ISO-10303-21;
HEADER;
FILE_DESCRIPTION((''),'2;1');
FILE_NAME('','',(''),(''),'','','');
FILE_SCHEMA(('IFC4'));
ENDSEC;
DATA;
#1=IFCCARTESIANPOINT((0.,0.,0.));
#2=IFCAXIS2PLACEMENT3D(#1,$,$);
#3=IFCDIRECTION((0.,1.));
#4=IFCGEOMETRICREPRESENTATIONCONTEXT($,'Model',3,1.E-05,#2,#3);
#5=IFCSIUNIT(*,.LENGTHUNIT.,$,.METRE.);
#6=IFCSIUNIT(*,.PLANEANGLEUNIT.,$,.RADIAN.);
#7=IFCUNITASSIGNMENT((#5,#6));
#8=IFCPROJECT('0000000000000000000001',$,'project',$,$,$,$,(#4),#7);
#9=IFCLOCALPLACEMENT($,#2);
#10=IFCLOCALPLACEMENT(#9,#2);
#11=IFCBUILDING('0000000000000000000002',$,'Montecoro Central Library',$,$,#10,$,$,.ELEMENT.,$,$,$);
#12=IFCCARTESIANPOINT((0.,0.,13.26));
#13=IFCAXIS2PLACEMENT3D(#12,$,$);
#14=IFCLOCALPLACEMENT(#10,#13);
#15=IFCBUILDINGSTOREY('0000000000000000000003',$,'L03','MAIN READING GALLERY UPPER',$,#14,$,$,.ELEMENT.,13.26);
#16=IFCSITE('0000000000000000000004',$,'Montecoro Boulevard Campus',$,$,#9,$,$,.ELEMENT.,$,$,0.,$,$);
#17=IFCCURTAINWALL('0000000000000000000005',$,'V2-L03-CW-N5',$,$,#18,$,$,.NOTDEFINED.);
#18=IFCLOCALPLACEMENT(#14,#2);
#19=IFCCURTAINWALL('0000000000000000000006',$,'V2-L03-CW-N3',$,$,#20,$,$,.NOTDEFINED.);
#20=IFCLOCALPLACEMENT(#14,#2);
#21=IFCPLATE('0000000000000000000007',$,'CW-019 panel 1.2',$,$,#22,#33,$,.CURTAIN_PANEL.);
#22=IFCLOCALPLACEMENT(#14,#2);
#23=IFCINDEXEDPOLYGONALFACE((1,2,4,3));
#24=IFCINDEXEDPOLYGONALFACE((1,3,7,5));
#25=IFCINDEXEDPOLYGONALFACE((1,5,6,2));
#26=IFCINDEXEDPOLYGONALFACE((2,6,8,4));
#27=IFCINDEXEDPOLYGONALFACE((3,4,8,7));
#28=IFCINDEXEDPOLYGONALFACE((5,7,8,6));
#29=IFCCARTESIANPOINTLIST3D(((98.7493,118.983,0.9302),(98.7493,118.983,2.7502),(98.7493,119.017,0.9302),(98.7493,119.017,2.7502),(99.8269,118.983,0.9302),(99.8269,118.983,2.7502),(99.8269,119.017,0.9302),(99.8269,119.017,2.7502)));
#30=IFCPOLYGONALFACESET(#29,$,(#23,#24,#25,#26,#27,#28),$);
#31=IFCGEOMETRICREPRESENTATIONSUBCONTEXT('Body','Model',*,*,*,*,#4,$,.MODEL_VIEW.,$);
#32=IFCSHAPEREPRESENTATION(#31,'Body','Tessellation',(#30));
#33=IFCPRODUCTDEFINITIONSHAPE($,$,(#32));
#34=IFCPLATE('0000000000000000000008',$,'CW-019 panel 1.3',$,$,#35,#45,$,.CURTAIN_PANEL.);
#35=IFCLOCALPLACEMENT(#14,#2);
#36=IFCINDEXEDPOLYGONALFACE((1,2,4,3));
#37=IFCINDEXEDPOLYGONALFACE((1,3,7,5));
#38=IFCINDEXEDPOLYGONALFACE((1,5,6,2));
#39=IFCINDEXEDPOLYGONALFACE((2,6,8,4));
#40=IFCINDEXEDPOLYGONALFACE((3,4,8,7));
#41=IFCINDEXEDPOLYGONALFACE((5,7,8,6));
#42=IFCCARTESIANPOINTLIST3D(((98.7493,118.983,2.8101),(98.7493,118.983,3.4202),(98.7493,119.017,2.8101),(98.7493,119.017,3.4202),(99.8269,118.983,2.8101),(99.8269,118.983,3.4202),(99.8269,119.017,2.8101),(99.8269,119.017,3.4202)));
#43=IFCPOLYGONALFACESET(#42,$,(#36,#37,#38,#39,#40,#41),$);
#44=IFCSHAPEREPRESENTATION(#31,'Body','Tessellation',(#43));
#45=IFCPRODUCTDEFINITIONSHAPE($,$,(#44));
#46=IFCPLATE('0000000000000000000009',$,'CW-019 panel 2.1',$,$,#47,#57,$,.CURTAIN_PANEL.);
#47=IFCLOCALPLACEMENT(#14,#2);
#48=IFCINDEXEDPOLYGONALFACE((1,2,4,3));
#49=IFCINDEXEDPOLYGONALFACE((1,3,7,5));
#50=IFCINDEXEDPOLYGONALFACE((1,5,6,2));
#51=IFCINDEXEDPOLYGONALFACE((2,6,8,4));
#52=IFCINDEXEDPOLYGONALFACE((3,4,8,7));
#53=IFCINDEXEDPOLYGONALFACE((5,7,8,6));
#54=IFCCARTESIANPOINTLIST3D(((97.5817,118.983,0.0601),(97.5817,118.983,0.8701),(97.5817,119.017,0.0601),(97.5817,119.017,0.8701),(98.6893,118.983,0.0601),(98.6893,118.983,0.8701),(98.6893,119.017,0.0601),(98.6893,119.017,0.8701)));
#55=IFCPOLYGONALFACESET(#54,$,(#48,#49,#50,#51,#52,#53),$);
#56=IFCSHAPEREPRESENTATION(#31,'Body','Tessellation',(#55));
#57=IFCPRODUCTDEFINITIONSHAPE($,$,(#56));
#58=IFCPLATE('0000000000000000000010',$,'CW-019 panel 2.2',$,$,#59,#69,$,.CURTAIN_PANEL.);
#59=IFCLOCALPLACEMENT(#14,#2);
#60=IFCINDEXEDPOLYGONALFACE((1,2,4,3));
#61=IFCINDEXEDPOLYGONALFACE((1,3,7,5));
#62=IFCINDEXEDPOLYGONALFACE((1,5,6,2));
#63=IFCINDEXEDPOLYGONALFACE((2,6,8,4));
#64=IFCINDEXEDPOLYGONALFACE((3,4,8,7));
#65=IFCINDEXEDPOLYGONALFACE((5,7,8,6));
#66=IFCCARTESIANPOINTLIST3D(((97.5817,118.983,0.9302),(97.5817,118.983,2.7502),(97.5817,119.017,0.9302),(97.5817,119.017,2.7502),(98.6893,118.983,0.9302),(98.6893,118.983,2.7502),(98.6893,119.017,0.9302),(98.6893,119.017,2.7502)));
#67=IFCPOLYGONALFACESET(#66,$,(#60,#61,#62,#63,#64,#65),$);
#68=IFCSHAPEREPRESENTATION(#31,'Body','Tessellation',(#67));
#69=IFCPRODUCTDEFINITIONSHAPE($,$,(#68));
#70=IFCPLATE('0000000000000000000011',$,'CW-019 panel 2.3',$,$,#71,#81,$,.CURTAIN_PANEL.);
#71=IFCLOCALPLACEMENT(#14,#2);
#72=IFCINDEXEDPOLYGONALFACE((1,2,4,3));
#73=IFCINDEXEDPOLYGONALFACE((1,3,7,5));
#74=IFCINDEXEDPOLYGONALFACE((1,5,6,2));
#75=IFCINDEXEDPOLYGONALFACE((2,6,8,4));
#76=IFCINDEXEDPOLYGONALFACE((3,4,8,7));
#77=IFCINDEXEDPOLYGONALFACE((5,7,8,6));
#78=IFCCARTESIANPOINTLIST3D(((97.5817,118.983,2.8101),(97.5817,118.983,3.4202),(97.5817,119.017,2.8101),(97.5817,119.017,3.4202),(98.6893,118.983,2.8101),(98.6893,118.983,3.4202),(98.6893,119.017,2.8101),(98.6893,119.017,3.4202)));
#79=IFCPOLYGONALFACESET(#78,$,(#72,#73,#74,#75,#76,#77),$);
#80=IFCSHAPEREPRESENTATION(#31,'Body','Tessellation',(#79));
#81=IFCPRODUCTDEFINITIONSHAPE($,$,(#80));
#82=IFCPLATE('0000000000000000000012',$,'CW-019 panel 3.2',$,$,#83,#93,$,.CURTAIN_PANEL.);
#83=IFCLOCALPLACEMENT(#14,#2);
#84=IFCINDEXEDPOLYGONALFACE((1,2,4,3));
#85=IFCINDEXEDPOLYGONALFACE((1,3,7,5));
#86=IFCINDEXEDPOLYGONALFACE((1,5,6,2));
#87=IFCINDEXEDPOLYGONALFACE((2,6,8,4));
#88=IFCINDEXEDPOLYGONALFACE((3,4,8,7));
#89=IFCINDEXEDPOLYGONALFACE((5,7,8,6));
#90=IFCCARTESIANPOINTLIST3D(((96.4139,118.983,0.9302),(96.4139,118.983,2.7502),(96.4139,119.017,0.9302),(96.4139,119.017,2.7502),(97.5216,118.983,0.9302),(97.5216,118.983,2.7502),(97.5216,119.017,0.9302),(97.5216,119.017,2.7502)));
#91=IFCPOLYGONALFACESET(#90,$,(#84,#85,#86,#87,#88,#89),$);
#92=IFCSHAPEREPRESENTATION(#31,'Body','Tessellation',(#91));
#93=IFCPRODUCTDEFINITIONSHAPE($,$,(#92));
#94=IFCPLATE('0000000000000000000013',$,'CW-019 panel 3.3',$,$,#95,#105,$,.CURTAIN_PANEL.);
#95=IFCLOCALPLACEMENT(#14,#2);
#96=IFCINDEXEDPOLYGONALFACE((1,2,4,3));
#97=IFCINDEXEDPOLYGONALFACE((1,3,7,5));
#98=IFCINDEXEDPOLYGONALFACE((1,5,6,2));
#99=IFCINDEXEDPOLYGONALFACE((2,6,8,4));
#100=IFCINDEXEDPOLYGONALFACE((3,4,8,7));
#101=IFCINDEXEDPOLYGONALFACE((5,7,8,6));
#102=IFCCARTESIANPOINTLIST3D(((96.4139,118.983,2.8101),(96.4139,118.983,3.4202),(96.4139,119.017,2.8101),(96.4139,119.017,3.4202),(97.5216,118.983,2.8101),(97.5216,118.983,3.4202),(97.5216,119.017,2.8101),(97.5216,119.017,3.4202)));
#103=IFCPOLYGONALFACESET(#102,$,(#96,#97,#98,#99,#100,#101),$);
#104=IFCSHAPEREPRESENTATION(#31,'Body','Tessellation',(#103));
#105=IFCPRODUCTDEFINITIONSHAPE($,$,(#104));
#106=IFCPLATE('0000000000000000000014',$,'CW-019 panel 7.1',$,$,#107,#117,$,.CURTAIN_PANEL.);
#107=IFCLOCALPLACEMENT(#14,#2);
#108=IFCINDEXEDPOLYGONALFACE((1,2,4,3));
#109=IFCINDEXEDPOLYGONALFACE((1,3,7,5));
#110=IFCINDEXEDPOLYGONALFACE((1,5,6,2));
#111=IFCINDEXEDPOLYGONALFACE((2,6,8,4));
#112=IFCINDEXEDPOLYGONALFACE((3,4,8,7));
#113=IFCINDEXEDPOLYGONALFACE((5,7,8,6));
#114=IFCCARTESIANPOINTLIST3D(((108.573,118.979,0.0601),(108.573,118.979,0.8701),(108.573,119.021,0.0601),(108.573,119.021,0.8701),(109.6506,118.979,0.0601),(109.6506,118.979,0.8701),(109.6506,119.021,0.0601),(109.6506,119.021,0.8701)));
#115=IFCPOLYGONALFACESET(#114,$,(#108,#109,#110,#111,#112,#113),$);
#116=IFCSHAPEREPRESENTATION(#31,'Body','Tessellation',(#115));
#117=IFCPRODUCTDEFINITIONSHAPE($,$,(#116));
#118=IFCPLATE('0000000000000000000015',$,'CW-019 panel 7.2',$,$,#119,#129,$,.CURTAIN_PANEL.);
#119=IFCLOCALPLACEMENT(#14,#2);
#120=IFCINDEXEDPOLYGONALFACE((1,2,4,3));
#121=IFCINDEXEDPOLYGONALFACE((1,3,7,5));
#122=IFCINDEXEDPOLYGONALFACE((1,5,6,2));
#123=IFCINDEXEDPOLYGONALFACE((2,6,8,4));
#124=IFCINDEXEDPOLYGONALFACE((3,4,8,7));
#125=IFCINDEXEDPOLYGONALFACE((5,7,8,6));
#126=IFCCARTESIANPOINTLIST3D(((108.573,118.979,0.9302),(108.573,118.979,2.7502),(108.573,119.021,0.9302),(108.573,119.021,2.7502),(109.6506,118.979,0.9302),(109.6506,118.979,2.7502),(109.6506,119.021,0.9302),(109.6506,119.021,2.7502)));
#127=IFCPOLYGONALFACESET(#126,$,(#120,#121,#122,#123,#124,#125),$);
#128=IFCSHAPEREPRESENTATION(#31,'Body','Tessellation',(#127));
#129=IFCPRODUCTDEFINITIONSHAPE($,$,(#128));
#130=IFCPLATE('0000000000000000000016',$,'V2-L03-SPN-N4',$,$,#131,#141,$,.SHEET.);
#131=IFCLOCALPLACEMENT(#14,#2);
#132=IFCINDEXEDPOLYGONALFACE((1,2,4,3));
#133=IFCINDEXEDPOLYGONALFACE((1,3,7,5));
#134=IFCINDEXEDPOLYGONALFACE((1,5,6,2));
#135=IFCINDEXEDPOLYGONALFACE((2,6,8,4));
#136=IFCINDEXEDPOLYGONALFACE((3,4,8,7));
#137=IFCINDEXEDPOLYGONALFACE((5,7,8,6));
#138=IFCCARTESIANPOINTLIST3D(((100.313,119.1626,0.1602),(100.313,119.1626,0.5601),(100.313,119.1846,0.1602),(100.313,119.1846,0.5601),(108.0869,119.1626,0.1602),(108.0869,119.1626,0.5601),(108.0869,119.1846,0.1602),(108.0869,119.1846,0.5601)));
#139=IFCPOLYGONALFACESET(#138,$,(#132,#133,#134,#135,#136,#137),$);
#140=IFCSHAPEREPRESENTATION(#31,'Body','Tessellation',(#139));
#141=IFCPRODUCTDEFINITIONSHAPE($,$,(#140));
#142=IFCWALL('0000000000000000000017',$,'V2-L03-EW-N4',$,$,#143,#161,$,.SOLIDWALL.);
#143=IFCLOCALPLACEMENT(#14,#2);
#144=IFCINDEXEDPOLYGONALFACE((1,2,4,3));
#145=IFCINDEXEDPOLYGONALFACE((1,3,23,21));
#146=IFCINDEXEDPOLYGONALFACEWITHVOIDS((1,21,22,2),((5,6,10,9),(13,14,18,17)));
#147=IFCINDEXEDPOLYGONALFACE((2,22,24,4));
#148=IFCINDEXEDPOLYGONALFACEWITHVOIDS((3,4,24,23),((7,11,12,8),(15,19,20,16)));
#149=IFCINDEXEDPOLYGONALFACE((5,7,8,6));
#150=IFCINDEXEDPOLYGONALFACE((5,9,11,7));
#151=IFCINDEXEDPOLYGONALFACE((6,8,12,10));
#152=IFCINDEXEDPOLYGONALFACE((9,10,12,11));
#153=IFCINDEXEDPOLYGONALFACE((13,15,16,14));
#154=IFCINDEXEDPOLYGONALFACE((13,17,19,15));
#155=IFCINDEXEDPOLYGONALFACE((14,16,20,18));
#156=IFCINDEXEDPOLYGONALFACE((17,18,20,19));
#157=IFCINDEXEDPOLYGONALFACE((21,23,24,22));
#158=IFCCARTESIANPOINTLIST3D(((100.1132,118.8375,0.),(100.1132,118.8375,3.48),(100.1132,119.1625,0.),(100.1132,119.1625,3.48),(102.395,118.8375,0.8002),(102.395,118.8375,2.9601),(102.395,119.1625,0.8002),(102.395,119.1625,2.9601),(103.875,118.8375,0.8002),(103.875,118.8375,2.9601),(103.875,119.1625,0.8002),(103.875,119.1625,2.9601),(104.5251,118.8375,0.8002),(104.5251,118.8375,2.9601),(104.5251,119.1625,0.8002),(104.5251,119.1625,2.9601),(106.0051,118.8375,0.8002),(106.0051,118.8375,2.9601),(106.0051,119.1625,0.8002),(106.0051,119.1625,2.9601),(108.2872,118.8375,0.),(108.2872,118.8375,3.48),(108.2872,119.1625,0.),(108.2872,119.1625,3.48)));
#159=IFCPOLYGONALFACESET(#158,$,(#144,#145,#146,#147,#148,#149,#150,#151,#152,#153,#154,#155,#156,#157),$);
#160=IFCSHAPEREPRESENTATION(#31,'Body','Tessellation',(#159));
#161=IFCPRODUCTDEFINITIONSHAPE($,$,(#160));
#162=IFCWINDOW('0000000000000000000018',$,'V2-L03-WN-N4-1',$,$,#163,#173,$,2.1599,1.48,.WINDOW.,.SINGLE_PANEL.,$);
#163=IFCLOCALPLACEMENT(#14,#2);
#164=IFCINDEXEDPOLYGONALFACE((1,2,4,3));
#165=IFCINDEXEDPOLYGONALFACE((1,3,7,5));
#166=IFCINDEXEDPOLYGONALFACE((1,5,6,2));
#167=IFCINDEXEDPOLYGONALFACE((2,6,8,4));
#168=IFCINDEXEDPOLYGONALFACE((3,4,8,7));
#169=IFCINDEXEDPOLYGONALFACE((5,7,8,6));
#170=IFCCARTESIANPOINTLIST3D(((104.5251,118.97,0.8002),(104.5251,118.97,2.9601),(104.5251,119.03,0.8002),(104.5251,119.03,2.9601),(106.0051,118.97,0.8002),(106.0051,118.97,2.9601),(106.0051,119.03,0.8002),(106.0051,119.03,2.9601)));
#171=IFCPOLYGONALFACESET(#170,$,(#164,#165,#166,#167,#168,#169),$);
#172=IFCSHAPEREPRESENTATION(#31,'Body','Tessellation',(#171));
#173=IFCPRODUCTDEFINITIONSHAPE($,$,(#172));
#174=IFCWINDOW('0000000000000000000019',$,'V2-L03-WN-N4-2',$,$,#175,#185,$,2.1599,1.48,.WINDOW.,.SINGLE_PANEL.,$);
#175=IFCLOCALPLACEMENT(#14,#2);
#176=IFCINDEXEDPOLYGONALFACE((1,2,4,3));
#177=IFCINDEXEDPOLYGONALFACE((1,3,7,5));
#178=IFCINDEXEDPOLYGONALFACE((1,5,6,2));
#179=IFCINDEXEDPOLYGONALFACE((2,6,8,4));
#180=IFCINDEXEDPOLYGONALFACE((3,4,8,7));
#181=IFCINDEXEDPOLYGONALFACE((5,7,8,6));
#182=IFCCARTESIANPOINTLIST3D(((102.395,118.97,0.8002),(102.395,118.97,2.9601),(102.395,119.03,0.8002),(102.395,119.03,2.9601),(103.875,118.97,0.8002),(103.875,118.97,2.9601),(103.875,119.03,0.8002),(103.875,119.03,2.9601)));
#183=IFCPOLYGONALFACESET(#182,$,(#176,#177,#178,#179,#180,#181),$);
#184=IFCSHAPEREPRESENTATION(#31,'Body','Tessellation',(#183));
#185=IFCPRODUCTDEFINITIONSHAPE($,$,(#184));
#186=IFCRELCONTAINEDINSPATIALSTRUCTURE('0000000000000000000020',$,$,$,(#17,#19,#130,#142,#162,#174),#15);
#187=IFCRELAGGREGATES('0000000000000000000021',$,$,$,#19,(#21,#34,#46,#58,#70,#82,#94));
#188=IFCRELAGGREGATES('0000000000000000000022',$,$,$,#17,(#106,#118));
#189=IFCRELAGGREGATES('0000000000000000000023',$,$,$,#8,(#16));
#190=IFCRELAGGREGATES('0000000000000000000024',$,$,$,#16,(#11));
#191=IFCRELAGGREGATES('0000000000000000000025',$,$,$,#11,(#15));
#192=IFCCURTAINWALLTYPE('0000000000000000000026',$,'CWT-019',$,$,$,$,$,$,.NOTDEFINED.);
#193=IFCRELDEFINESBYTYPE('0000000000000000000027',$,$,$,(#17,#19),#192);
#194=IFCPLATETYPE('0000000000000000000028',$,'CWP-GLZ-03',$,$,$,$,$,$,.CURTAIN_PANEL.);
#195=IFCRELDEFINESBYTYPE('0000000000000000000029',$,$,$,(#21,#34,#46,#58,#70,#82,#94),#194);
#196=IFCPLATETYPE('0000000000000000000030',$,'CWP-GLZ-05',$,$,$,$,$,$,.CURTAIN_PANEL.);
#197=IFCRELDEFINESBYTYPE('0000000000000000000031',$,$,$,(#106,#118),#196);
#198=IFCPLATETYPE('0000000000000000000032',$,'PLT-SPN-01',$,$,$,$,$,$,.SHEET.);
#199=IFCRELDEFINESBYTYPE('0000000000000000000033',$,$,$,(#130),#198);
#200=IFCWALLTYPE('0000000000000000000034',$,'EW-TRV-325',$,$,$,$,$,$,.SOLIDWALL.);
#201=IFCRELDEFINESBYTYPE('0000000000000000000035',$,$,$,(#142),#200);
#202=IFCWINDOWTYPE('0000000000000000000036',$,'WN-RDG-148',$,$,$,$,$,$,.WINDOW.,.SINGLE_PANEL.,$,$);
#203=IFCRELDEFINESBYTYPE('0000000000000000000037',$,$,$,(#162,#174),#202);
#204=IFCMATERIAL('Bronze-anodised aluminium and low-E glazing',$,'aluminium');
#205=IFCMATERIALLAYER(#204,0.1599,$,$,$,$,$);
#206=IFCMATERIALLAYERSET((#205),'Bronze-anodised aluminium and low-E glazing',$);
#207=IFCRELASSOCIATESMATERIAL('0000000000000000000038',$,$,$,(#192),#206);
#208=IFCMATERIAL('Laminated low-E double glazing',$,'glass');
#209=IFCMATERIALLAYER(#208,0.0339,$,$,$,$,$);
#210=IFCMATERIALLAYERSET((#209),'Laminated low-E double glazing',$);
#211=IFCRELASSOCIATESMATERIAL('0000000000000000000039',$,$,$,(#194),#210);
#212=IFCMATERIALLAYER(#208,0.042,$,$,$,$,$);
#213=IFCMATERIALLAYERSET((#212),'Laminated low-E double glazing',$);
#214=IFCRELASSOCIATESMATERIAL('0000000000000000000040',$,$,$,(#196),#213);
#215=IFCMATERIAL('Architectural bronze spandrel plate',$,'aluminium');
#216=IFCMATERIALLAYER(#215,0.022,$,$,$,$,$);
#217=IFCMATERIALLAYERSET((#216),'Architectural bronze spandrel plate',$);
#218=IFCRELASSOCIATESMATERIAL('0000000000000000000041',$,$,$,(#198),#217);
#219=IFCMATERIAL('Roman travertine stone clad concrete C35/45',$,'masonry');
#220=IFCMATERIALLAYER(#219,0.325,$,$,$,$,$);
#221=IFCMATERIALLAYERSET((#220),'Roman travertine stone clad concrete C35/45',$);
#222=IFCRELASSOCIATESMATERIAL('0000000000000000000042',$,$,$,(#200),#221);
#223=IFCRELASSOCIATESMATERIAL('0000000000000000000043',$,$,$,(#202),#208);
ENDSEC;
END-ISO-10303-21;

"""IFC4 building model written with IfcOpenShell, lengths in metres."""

from ifc_helpers import new_model, si_unit, direction, frame, frame_2d, origin, origin_2d, place, context, subcontext, project, spatial, rectangle, extrude, material, layer, layer_set, type_object, element, fill, aggregate, save


model = new_model("IFC4")

# Units and contexts
model_context = context("Model", 3, precision=1e-05, world=origin(), true_north=direction((0.0, 1.0)))
body_context = subcontext(model_context, "Body", "Model", "MODEL_VIEW")
ifc_project = project(units=[si_unit("LENGTHUNIT", "METRE"), si_unit("PLANEANGLEUNIT", "RADIAN")], contexts=[model_context])

# Site, building, storey
site_placement = place(None, origin())
site = spatial("IfcSite", under=ifc_project, at=site_placement, Name="Montecoro Boulevard Campus", CompositionType="ELEMENT", RefElevation=0.0)
building_placement = place(site_placement, origin())
building = spatial("IfcBuilding", under=site, at=building_placement, Name="Montecoro Central Library", CompositionType="ELEMENT")
storey_placement = place(building_placement, frame((0.0, 0.0, 13.26)))
storey = spatial("IfcBuildingStorey", under=building, at=storey_placement, Name="L03", Description="MAIN READING GALLERY UPPER", CompositionType="ELEMENT", Elevation=13.26)

# Curtain wall
ifc_material_1 = material(Name="Bronze-anodised aluminium and low-E glazing", Category="aluminium")
ifc_layer_1 = layer(ifc_material_1, 0.1599)
ifc_layer_set_1 = layer_set([ifc_layer_1], Name="Bronze-anodised aluminium and low-E glazing")
curtain_wall_type = type_object("IfcCurtainWallType", Name="CWT-019", PredefinedType="NOTDEFINED", material=ifc_layer_set_1)
curtain_wall_1_placement = place(storey_placement, origin())
curtain_wall_1 = element("IfcCurtainWall", 1, at=curtain_wall_1_placement, inside=storey, type_object=curtain_wall_type, Name="V2-L03-CW-N5", PredefinedType="NOTDEFINED")

# Curtain wall, plates
curtain_wall_2_placement = place(storey_placement, origin())
curtain_wall_2 = element("IfcCurtainWall", 2, at=curtain_wall_2_placement, inside=storey, type_object=curtain_wall_type, Name="V2-L03-CW-N3", PredefinedType="NOTDEFINED")
ifc_material_2 = material(Name="Laminated low-E double glazing", Category="glass")
ifc_layer_2 = layer(ifc_material_2, 0.0339)
ifc_layer_set_2 = layer_set([ifc_layer_2], Name="Laminated low-E double glazing")
plate_type_1 = type_object("IfcPlateType", Name="CWP-GLZ-03", PredefinedType="CURTAIN_PANEL", material=ifc_layer_set_2)
plate_1_placement = place(storey_placement, frame((99.2881, 119.0, 0.9302), z_axis=(0.0, 0.0, 1.0), x_axis=(-1.0, 0.0, 0.0)))
plate_1 = element("IfcPlate", 3, at=plate_1_placement, type_object=plate_type_1, Name="CW-019 panel 1.2", PredefinedType="CURTAIN_PANEL", context=body_context, shape_type="SweptSolid", body=[
    extrude(rectangle(XDim=1.0776, YDim=0.0339, at=origin_2d()), origin(), (0.0, 0.0, 1.0), 1.8201),
])
plate_2_placement = place(storey_placement, frame((99.2881, 119.0, 2.8101), z_axis=(0.0, 0.0, 1.0), x_axis=(-1.0, 0.0, 0.0)))
plate_2 = element("IfcPlate", 4, at=plate_2_placement, type_object=plate_type_1, Name="CW-019 panel 1.3", PredefinedType="CURTAIN_PANEL", context=body_context, shape_type="SweptSolid", body=[
    extrude(rectangle(XDim=1.0776, YDim=0.0339, at=origin_2d()), origin(), (0.0, 0.0, 1.0), 0.6101),
])
plate_3_placement = place(storey_placement, frame((98.1355, 119.0, 0.0601), z_axis=(0.0, 0.0, 1.0), x_axis=(-1.0, 0.0, 0.0)))
plate_3 = element("IfcPlate", 5, at=plate_3_placement, type_object=plate_type_1, Name="CW-019 panel 2.1", PredefinedType="CURTAIN_PANEL", context=body_context, shape_type="SweptSolid", body=[
    extrude(rectangle(XDim=1.1077, YDim=0.0339, at=origin_2d()), origin(), (0.0, 0.0, 1.0), 0.8101),
])
plate_4_placement = place(storey_placement, frame((98.1355, 119.0, 0.9302), z_axis=(0.0, 0.0, 1.0), x_axis=(-1.0, 0.0, 0.0)))
plate_4 = element("IfcPlate", 6, at=plate_4_placement, type_object=plate_type_1, Name="CW-019 panel 2.2", PredefinedType="CURTAIN_PANEL", context=body_context, shape_type="SweptSolid", body=[
    extrude(rectangle(XDim=1.1077, YDim=0.0339, at=origin_2d()), origin(), (0.0, 0.0, 1.0), 1.8201),
])
plate_5_placement = place(storey_placement, frame((98.1355, 119.0, 2.8101), z_axis=(0.0, 0.0, 1.0), x_axis=(-1.0, 0.0, 0.0)))
plate_5 = element("IfcPlate", 7, at=plate_5_placement, type_object=plate_type_1, Name="CW-019 panel 2.3", PredefinedType="CURTAIN_PANEL", context=body_context, shape_type="SweptSolid", body=[
    extrude(rectangle(XDim=1.1077, YDim=0.0339, at=origin_2d()), origin(), (0.0, 0.0, 1.0), 0.6101),
])
plate_6_placement = place(storey_placement, frame((96.9678, 119.0, 0.9302), z_axis=(0.0, 0.0, 1.0), x_axis=(-1.0, 0.0, 0.0)))
plate_6 = element("IfcPlate", 8, at=plate_6_placement, type_object=plate_type_1, Name="CW-019 panel 3.2", PredefinedType="CURTAIN_PANEL", context=body_context, shape_type="SweptSolid", body=[
    extrude(rectangle(XDim=1.1077, YDim=0.0339, at=origin_2d()), origin(), (0.0, 0.0, 1.0), 1.8201),
])
plate_7_placement = place(storey_placement, frame((96.9678, 119.0, 2.8101), z_axis=(0.0, 0.0, 1.0), x_axis=(-1.0, 0.0, 0.0)))
plate_7 = element("IfcPlate", 9, at=plate_7_placement, type_object=plate_type_1, Name="CW-019 panel 3.3", PredefinedType="CURTAIN_PANEL", context=body_context, shape_type="SweptSolid", body=[
    extrude(rectangle(XDim=1.1077, YDim=0.0339, at=origin_2d()), origin(), (0.0, 0.0, 1.0), 0.6101),
])
aggregate(curtain_wall_2, [plate_1, plate_2, plate_3, plate_4, plate_5, plate_6, plate_7])

# Plates
ifc_layer_3 = layer(ifc_material_2, 0.042)
ifc_layer_set_3 = layer_set([ifc_layer_3], Name="Laminated low-E double glazing")
plate_type_2 = type_object("IfcPlateType", Name="CWP-GLZ-05", PredefinedType="CURTAIN_PANEL", material=ifc_layer_set_3)
plate_8_placement = place(storey_placement, frame((109.1118, 119.0, 0.0601), z_axis=(0.0, 0.0, 1.0), x_axis=(-1.0, 0.0, 0.0)))
plate_8 = element("IfcPlate", 10, at=plate_8_placement, type_object=plate_type_2, Name="CW-019 panel 7.1", PredefinedType="CURTAIN_PANEL", context=body_context, shape_type="SweptSolid", body=[
    extrude(rectangle(XDim=1.0776, YDim=0.042, at=origin_2d()), origin(), (0.0, 0.0, 1.0), 0.8101),
])
plate_9_placement = place(storey_placement, frame((109.1118, 119.0, 0.9302), z_axis=(0.0, 0.0, 1.0), x_axis=(-1.0, 0.0, 0.0)))
plate_9 = element("IfcPlate", 11, at=plate_9_placement, type_object=plate_type_2, Name="CW-019 panel 7.2", PredefinedType="CURTAIN_PANEL", context=body_context, shape_type="SweptSolid", body=[
    extrude(rectangle(XDim=1.0776, YDim=0.042, at=origin_2d()), origin(), (0.0, 0.0, 1.0), 1.8201),
])
aggregate(curtain_wall_1, [plate_8, plate_9])
ifc_material_3 = material(Name="Architectural bronze spandrel plate", Category="aluminium")
ifc_layer_4 = layer(ifc_material_3, 0.022)
ifc_layer_set_4 = layer_set([ifc_layer_4], Name="Architectural bronze spandrel plate")
plate_type_3 = type_object("IfcPlateType", Name="PLT-SPN-01", PredefinedType="SHEET", material=ifc_layer_set_4)
plate_10_placement = place(storey_placement, frame((104.2, 119.1736, 0.1602), z_axis=(0.0, 0.0, 1.0), x_axis=(-1.0, 0.0, 0.0)))
element("IfcPlate", 12, at=plate_10_placement, inside=storey, type_object=plate_type_3, Name="V2-L03-SPN-N4", PredefinedType="SHEET", context=body_context, shape_type="SweptSolid", body=[
    extrude(rectangle(XDim=7.7739, YDim=0.022, at=origin_2d()), origin(), (0.0, 0.0, 1.0), 0.3999),
])

# Wall, openings, windows
ifc_material_4 = material(Name="Roman travertine stone clad concrete C35/45", Category="masonry")
ifc_layer_5 = layer(ifc_material_4, 0.325)
ifc_layer_set_5 = layer_set([ifc_layer_5], Name="Roman travertine stone clad concrete C35/45")
wall_type = type_object("IfcWallType", Name="EW-TRV-325", PredefinedType="SOLIDWALL", material=ifc_layer_set_5)
wall_placement = place(storey_placement, frame((108.2871, 119.0, 0.0), z_axis=(0.0, 0.0, 1.0), x_axis=(-1.0, 0.0, 0.0)))
wall = element("IfcWall", 13, at=wall_placement, inside=storey, type_object=wall_type, Name="V2-L03-EW-N4", PredefinedType="SOLIDWALL", context=body_context, shape_type="SweptSolid", body=[
    extrude(rectangle(XDim=8.1741, YDim=0.325, at=frame_2d((4.0869, 0.0))), origin(), (0.0, 0.0, 1.0), 3.48),
])
opening_1_placement = place(wall_placement, frame((2.282, 0.0, 0.8)))
opening_1 = element("IfcOpeningElement", 14, at=opening_1_placement, cuts=wall, PredefinedType="OPENING", context=body_context, shape_type="SweptSolid", body=[
    extrude(rectangle(XDim=1.48, YDim=2.1599, at=frame_2d((0.74, 1.0801))), frame((0.0, 0.1724, 0.0), z_axis=(0.0, -1.0, 0.0), x_axis=(1.0, 0.0, 0.0)), (0.0, 0.0, 1.0), 0.345),
])
opening_2_placement = place(wall_placement, frame((4.4121, 0.0, 0.8)))
opening_2 = element("IfcOpeningElement", 15, at=opening_2_placement, cuts=wall, PredefinedType="OPENING", context=body_context, shape_type="SweptSolid", body=[
    extrude(rectangle(XDim=1.48, YDim=2.1599, at=frame_2d((0.74, 1.0801))), frame((0.0, 0.1724, 0.0), z_axis=(0.0, -1.0, 0.0), x_axis=(1.0, 0.0, 0.0)), (0.0, 0.0, 1.0), 0.345),
])
window_type = type_object("IfcWindowType", Name="WN-RDG-148", PartitioningType="SINGLE_PANEL", PredefinedType="WINDOW", material=ifc_material_2)
window_1_placement = place(opening_1_placement, origin())
window_1 = element("IfcWindow", 16, at=window_1_placement, inside=storey, type_object=window_type, Name="V2-L03-WN-N4-1", OverallHeight=2.1599, OverallWidth=1.48, PartitioningType="SINGLE_PANEL", PredefinedType="WINDOW", context=body_context, shape_type="SweptSolid", body=[
    extrude(rectangle(XDim=1.48, YDim=2.1599, at=frame_2d((0.74, 1.0801))), frame((0.0, 0.03, 0.0), z_axis=(0.0, -1.0, 0.0), x_axis=(1.0, 0.0, 0.0)), (0.0, 0.0, 1.0), 0.0601),
])
fill(opening_1, window_1)
window_2_placement = place(opening_2_placement, origin())
window_2 = element("IfcWindow", 17, at=window_2_placement, inside=storey, type_object=window_type, Name="V2-L03-WN-N4-2", OverallHeight=2.1599, OverallWidth=1.48, PartitioningType="SINGLE_PANEL", PredefinedType="WINDOW", context=body_context, shape_type="SweptSolid", body=[
    extrude(rectangle(XDim=1.48, YDim=2.1599, at=frame_2d((0.74, 1.0801))), frame((0.0, 0.03, 0.0), z_axis=(0.0, -1.0, 0.0), x_axis=(1.0, 0.0, 0.0)), (0.0, 0.0, 1.0), 0.0601),
])
fill(opening_2, window_2)

save(model, "model.ifc")
